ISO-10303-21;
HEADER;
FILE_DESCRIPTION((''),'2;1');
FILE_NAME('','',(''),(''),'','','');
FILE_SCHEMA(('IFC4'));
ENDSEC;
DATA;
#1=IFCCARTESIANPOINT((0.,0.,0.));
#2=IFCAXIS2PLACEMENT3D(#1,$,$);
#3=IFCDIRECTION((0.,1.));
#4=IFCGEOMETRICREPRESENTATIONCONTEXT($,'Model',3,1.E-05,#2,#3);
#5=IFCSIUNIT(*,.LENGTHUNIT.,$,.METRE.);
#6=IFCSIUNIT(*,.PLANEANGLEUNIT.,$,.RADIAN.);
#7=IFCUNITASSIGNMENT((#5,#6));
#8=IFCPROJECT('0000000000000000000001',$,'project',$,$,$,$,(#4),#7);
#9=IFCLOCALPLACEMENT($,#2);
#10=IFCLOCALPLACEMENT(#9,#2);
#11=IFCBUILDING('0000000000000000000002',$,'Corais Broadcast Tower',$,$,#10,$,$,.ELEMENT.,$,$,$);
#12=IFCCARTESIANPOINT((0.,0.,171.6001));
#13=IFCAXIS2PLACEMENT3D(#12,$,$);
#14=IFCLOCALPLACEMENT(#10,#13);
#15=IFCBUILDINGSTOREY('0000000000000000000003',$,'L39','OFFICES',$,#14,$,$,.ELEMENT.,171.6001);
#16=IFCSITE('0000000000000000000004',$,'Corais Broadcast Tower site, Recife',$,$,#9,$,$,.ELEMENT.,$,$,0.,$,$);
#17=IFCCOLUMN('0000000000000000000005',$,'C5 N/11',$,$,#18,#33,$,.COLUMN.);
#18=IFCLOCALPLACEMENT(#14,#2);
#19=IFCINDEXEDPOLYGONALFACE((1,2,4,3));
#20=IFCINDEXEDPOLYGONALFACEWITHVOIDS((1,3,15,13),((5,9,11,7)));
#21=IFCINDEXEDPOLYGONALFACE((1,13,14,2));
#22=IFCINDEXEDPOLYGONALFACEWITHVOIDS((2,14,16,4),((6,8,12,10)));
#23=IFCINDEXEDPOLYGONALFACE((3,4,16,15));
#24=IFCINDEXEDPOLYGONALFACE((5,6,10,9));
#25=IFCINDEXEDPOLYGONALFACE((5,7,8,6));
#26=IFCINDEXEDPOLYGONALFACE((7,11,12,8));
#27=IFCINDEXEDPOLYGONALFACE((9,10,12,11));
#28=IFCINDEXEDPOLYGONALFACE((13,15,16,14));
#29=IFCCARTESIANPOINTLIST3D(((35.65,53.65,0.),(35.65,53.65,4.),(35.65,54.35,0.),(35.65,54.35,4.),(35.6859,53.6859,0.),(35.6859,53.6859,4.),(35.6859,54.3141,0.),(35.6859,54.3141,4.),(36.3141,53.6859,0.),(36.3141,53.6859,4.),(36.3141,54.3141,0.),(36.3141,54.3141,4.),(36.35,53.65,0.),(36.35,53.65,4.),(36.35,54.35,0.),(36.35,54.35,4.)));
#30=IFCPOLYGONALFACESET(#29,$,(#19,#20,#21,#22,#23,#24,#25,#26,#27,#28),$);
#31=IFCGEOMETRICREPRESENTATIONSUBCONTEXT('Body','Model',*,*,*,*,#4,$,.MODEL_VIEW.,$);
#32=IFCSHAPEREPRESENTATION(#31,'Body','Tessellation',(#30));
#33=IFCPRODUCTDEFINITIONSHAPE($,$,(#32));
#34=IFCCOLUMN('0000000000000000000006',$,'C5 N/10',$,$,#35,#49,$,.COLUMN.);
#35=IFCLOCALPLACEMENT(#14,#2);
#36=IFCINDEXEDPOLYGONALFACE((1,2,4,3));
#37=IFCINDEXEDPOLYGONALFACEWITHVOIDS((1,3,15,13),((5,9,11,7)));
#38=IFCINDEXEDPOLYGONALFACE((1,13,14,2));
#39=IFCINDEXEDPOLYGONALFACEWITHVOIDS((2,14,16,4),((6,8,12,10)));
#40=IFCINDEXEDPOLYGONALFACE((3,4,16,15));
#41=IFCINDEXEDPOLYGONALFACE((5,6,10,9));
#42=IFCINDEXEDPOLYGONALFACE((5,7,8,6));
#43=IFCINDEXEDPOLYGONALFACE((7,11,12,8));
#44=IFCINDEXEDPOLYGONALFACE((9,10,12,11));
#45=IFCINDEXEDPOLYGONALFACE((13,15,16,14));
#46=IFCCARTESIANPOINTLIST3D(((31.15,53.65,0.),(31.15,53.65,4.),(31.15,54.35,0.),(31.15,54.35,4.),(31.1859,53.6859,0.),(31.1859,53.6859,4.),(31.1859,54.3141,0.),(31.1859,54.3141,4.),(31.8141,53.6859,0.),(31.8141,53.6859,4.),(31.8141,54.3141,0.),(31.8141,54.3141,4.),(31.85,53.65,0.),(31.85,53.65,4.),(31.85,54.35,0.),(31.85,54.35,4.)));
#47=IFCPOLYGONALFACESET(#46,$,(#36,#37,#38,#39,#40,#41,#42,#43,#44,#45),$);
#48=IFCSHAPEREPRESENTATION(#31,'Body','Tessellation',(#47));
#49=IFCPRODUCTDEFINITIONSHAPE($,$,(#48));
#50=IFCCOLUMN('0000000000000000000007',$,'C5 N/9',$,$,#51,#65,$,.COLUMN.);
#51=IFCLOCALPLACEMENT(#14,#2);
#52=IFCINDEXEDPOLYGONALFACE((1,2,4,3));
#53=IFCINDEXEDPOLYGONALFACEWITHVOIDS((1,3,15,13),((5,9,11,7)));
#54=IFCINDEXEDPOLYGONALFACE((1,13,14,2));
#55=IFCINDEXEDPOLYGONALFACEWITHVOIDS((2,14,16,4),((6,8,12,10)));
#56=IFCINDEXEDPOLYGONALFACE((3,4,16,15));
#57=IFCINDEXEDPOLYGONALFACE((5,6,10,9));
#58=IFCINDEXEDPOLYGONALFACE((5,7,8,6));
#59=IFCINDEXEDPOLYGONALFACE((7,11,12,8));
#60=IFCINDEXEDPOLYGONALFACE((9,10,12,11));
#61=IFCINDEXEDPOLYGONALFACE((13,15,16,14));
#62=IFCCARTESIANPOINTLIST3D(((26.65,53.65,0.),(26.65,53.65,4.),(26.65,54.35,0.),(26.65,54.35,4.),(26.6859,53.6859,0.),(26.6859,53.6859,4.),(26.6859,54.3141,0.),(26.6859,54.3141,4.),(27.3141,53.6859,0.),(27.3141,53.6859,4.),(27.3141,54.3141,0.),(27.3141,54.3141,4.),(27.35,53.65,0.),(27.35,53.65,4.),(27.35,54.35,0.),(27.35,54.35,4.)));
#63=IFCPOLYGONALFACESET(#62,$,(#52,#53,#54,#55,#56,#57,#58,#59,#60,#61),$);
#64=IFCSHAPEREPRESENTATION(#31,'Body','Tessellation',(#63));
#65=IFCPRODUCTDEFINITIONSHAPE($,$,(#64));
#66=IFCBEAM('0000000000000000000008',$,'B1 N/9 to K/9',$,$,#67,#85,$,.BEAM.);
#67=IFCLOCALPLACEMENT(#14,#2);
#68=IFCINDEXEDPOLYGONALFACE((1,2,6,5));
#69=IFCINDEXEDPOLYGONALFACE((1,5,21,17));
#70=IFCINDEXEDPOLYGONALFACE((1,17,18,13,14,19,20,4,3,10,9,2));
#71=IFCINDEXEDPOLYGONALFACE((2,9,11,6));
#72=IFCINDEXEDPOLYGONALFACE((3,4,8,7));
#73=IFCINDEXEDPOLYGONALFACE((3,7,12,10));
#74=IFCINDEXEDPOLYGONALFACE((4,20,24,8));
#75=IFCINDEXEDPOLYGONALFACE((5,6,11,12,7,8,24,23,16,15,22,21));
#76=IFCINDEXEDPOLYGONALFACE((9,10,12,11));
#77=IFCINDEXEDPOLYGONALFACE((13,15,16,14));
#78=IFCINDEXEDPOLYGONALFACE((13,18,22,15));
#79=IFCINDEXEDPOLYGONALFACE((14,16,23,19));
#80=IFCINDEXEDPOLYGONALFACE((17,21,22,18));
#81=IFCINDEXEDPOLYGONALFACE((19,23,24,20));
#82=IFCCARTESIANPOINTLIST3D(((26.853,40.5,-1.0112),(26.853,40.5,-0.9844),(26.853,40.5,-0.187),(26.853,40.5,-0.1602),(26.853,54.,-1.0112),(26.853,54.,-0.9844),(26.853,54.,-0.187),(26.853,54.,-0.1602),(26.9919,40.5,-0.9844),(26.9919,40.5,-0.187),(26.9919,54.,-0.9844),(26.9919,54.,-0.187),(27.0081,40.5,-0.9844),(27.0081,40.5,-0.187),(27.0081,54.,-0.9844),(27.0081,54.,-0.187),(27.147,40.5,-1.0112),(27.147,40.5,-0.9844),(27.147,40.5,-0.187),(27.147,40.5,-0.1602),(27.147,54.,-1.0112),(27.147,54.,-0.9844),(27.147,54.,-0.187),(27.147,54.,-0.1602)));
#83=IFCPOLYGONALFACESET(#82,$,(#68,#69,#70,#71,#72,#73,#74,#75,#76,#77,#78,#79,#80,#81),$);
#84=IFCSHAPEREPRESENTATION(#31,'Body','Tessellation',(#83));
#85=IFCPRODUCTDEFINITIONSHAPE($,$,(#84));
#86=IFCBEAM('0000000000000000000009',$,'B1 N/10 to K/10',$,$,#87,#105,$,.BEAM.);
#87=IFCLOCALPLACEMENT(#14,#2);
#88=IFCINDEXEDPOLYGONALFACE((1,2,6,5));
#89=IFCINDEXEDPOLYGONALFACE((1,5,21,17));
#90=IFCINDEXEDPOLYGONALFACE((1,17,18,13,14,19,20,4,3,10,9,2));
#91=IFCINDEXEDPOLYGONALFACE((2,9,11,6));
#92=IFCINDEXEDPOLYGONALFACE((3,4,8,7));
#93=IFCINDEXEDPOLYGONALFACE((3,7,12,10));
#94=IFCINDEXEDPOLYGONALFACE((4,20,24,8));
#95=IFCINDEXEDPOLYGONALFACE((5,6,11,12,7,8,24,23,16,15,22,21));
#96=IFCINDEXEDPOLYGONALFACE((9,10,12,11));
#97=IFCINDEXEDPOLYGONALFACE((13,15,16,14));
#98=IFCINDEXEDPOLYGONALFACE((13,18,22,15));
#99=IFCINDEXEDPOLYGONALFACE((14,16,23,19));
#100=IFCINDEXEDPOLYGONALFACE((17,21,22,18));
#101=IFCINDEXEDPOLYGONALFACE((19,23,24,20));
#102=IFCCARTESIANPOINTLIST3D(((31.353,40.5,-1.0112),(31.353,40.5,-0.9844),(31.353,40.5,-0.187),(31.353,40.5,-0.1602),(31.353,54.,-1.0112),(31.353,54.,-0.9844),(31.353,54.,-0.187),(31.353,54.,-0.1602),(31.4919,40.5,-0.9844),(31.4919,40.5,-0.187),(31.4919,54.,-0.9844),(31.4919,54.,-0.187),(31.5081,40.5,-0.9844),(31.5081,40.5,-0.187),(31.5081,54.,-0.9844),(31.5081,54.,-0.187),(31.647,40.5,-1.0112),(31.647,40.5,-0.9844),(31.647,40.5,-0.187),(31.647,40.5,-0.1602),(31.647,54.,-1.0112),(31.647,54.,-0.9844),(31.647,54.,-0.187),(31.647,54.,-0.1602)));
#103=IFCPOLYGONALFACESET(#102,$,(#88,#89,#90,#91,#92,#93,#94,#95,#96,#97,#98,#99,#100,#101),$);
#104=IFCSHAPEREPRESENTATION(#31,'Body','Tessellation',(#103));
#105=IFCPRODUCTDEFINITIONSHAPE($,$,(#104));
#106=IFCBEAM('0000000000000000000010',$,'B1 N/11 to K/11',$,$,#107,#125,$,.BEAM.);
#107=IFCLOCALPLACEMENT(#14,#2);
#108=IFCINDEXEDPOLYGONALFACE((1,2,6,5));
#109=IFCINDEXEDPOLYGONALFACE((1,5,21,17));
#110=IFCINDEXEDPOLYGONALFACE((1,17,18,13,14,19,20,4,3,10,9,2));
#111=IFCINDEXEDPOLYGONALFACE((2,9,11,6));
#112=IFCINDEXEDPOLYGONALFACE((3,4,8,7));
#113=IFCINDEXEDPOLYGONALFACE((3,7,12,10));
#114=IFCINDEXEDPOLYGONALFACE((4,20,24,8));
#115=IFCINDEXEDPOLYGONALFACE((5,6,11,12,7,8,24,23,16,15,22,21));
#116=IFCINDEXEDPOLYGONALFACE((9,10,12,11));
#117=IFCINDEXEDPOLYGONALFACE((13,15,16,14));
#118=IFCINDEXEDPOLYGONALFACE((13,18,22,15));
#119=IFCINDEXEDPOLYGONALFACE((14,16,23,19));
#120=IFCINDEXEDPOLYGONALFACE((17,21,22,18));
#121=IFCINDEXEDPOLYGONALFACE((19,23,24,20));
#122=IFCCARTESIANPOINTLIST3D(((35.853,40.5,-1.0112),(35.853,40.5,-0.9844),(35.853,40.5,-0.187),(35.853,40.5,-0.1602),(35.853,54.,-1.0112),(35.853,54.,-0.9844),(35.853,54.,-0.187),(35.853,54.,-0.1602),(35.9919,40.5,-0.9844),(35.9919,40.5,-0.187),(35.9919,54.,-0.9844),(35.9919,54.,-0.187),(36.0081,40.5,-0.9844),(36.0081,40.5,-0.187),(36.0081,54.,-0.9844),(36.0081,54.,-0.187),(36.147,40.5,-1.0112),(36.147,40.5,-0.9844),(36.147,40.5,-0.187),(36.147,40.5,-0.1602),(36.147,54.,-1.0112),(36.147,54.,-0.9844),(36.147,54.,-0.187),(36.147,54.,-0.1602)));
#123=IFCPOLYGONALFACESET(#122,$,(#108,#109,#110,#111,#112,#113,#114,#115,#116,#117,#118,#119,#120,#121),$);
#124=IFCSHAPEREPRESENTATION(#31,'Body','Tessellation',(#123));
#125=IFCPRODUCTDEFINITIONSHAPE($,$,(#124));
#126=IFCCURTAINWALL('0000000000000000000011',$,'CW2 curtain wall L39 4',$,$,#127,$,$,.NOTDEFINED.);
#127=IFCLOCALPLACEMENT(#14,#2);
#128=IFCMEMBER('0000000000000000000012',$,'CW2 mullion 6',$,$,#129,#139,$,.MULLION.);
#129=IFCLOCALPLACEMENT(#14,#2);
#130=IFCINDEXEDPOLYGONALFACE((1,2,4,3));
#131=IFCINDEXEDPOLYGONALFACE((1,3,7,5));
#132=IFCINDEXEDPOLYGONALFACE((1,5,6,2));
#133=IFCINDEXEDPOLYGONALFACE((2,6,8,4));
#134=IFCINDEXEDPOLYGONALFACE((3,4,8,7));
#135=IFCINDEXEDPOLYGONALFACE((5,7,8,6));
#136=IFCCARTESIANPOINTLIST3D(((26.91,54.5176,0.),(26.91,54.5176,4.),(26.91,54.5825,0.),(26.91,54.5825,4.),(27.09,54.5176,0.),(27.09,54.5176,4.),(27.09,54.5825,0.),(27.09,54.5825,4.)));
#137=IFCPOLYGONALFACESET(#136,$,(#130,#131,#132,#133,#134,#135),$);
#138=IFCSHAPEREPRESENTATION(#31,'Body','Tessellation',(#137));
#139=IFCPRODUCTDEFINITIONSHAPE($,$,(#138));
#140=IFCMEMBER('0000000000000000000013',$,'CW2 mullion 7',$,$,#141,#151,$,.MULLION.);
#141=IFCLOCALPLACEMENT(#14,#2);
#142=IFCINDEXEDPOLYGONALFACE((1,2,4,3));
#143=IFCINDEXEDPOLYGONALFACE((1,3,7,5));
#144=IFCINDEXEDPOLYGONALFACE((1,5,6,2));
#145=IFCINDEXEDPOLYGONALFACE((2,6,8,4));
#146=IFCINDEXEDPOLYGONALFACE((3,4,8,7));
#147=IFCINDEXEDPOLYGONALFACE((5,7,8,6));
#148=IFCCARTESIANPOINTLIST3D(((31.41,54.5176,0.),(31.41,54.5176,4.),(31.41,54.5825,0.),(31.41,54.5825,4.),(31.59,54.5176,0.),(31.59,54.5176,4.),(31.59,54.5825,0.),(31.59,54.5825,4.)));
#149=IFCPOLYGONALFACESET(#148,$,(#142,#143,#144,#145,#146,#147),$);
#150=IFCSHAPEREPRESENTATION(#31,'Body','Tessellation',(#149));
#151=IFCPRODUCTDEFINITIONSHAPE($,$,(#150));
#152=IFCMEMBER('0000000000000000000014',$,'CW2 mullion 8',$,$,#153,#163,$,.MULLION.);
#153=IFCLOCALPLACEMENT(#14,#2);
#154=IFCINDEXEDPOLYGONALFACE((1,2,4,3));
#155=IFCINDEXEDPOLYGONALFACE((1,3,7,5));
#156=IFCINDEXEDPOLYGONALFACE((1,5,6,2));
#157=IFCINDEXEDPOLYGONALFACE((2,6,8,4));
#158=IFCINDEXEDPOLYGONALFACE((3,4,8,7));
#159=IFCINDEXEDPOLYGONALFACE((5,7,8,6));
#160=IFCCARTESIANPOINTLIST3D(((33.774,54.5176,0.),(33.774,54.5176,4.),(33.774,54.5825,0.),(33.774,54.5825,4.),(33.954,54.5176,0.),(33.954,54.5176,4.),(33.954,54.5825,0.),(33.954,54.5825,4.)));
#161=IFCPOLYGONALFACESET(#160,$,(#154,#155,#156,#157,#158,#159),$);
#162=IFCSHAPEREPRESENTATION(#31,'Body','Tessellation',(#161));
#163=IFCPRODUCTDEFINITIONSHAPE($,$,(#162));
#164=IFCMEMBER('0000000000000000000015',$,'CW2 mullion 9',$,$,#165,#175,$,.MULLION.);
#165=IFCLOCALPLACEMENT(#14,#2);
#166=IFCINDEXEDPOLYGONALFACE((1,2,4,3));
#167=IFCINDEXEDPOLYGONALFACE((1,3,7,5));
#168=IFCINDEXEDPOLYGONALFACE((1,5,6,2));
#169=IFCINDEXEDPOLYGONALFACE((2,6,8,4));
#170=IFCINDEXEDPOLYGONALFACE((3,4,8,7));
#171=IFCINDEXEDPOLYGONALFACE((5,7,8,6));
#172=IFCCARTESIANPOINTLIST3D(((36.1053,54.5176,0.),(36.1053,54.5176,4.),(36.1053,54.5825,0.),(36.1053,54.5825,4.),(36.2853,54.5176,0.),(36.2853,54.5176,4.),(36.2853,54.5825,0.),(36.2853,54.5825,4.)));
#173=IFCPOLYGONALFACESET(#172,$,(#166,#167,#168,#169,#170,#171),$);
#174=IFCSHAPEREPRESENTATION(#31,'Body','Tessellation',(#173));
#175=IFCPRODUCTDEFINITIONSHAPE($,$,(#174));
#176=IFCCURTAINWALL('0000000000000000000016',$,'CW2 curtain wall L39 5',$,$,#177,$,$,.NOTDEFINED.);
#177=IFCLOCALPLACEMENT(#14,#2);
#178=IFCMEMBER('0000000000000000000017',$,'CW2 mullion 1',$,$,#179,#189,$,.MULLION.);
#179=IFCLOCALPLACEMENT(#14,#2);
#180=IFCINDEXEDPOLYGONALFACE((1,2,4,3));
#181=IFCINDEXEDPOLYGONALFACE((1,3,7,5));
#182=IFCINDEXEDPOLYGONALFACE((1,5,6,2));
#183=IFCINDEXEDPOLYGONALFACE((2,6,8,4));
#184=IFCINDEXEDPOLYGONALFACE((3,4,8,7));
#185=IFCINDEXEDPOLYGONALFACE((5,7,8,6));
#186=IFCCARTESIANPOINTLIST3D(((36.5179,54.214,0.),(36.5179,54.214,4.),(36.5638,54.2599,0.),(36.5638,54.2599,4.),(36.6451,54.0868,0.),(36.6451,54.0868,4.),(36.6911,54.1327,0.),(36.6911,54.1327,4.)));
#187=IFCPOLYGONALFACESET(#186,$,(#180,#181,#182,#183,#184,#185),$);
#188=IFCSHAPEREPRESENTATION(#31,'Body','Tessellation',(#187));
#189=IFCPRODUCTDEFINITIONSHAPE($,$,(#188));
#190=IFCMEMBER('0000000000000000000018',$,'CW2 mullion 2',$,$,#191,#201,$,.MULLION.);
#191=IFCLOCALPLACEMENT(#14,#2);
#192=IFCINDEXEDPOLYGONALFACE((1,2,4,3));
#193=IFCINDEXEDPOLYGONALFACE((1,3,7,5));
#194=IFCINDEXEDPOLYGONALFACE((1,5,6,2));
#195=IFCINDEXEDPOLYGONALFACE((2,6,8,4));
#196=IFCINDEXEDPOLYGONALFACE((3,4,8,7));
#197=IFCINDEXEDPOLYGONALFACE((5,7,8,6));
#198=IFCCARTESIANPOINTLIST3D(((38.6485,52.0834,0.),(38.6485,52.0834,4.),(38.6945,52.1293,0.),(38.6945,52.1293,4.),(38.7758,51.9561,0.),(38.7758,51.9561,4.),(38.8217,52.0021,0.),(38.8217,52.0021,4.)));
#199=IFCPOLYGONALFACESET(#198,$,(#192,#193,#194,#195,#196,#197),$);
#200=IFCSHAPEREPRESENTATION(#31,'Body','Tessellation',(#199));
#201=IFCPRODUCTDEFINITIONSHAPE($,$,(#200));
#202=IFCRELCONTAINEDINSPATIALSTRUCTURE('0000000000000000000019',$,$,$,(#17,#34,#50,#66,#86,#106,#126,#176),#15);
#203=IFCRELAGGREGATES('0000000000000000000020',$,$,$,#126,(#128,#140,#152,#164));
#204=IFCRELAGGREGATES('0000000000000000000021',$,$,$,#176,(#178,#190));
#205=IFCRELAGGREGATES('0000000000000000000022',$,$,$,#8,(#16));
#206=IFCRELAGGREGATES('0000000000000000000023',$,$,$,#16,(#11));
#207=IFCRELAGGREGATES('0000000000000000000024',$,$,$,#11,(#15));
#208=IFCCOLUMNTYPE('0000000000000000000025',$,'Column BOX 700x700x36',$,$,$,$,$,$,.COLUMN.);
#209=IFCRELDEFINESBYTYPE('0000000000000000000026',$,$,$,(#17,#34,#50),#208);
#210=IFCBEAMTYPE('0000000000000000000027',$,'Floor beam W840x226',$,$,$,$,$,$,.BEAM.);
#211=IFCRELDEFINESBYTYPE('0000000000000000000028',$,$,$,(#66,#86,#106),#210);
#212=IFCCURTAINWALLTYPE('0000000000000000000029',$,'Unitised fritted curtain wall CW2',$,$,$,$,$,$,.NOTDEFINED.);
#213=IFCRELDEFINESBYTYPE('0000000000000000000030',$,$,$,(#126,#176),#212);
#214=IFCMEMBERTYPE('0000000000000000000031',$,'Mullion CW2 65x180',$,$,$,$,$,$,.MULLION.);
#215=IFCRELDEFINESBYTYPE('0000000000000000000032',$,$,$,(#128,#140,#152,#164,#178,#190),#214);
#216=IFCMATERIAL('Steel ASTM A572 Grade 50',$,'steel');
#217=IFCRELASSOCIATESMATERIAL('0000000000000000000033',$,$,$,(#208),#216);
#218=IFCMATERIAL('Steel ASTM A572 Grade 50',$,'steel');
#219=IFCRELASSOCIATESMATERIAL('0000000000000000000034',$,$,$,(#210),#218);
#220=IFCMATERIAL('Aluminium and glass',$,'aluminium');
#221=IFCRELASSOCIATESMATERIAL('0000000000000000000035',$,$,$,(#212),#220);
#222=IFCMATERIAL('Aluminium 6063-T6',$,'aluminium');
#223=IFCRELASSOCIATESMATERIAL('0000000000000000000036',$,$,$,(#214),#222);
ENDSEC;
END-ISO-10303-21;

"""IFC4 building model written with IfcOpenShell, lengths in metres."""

from ifc_helpers import new_model, si_unit, direction, frame, origin, origin_2d, place, context, subcontext, project, spatial, rectangle, hollow_rectangle, i_section, extrude, material, material_profile, profile_set, type_object, element, aggregate, save


model = new_model("IFC4")

# Units and contexts
model_context = context("Model", 3, precision=1e-05, world=origin(), true_north=direction((0.0, 1.0)))
body_context = subcontext(model_context, "Body", "Model", "MODEL_VIEW")
ifc_project = project(units=[si_unit("LENGTHUNIT", "METRE"), si_unit("PLANEANGLEUNIT", "RADIAN")], contexts=[model_context])

# Site, building, storey
site_placement = place(None, origin())
site = spatial("IfcSite", under=ifc_project, at=site_placement, Name="Corais Broadcast Tower site, Recife", CompositionType="ELEMENT", RefElevation=0.0)
building_placement = place(site_placement, origin())
building = spatial("IfcBuilding", under=site, at=building_placement, Name="Corais Broadcast Tower", CompositionType="ELEMENT")
storey_placement = place(building_placement, frame((0.0, 0.0, 171.6001)))
storey = spatial("IfcBuildingStorey", under=building, at=storey_placement, Name="L39", Description="OFFICES", CompositionType="ELEMENT", Elevation=171.6001)

# Columns
ifc_material_1 = material(Name="Steel ASTM A572 Grade 50", Category="steel")
ifc_material_profile_1 = material_profile(ifc_material_1, hollow_rectangle(XDim=0.7, YDim=0.7, WallThickness=0.0359, at=origin_2d()), Name="BOX 700x700x36")
ifc_profile_set_1 = profile_set([ifc_material_profile_1], Name="Steel ASTM A572 Grade 50")
column_type = type_object("IfcColumnType", Name="Column BOX 700x700x36", PredefinedType="COLUMN", material=ifc_profile_set_1)
for number, where, z_axis, x_axis, name in (
    (1, (36.0, 54.0, 0.0), (0.0, 0.0, 1.0), (1.0, 0.0, 0.0), "C5 N/11"),
    (2, (31.5, 54.0, 0.0), (0.0, 0.0, 1.0), (1.0, 0.0, 0.0), "C5 N/10"),
    (3, (27.0, 54.0, 0.0), (0.0, 0.0, 1.0), (1.0, 0.0, 0.0), "C5 N/9"),
):
    element("IfcColumn", number, at=place(storey_placement, frame(where, z_axis=z_axis, x_axis=x_axis)), inside=storey, type_object=column_type, Name=name, PredefinedType="COLUMN", context=body_context, shape_type="SweptSolid", body=[
        extrude(hollow_rectangle(XDim=0.7, YDim=0.7, WallThickness=0.0359, at=origin_2d()), origin(), (0.0, 0.0, 1.0), 4.0),
    ])

# Beams
ifc_material_2 = material(Name="Steel ASTM A572 Grade 50", Category="steel")
ifc_material_profile_2 = material_profile(ifc_material_2, i_section(OverallWidth=0.2939, OverallDepth=0.8511, WebThickness=0.0161, FlangeThickness=0.0269, at=origin_2d()), Name="W840x226")
ifc_profile_set_2 = profile_set([ifc_material_profile_2], Name="Steel ASTM A572 Grade 50")
beam_type_1 = type_object("IfcBeamType", Name="Floor beam W840x226", PredefinedType="BEAM", material=ifc_profile_set_2)
for number, where, z_axis, x_axis, name in (
    (4, (27.0, 54.0, -0.5857), (0.0, -1.0, 0.0), (1.0, 0.0, 0.0), "B1 N/9 to K/9"),
    (5, (31.5, 54.0, -0.5857), (0.0, -1.0, 0.0), (1.0, 0.0, 0.0), "B1 N/10 to K/10"),
    (6, (36.0, 54.0, -0.5857), (0.0, -1.0, 0.0), (1.0, 0.0, 0.0), "B1 N/11 to K/11"),
):
    element("IfcBeam", number, at=place(storey_placement, frame(where, z_axis=z_axis, x_axis=x_axis)), inside=storey, type_object=beam_type_1, Name=name, PredefinedType="BEAM", context=body_context, shape_type="SweptSolid", body=[
        extrude(i_section(OverallWidth=0.2939, OverallDepth=0.8511, WebThickness=0.0161, FlangeThickness=0.0269, at=origin_2d()), origin(), (0.0, 0.0, 1.0), 13.5),
    ])

# Curtain walls, members
ifc_material_3 = material(Name="Aluminium and glass", Category="aluminium")
curtain_wall_type = type_object("IfcCurtainWallType", Name="Unitised fritted curtain wall CW2", PredefinedType="NOTDEFINED", material=ifc_material_3)
curtain_wall_1_placement = place(storey_placement, origin())
curtain_wall_1 = element("IfcCurtainWall", 7, at=curtain_wall_1_placement, inside=storey, type_object=curtain_wall_type, Name="CW2 curtain wall L39 4", PredefinedType="NOTDEFINED")
ifc_material_4 = material(Name="Aluminium 6063-T6", Category="aluminium")
ifc_material_profile_3 = material_profile(ifc_material_4, rectangle(XDim=0.0649, YDim=0.1799, at=origin_2d()), Name="Mullion CW2 65x180")
ifc_profile_set_3 = profile_set([ifc_material_profile_3], Name="Aluminium 6063-T6")
member_type_1 = type_object("IfcMemberType", Name="Mullion CW2 65x180", PredefinedType="MULLION", material=ifc_profile_set_3)
member_1_placement = place(storey_placement, frame((27.0, 54.55, 0.0), z_axis=(0.0, 0.0, 1.0), x_axis=(0.0, 1.0, 0.0)))
member_1 = element("IfcMember", 8, at=member_1_placement, type_object=member_type_1, Name="CW2 mullion 6", PredefinedType="MULLION", context=body_context, shape_type="SweptSolid", body=[
    extrude(rectangle(XDim=0.0649, YDim=0.1799, at=origin_2d()), origin(), (0.0, 0.0, 1.0), 4.0),
])
member_2_placement = place(storey_placement, frame((31.5, 54.55, 0.0), z_axis=(0.0, 0.0, 1.0), x_axis=(0.0, 1.0, 0.0)))
member_2 = element("IfcMember", 9, at=member_2_placement, type_object=member_type_1, Name="CW2 mullion 7", PredefinedType="MULLION", context=body_context, shape_type="SweptSolid", body=[
    extrude(rectangle(XDim=0.0649, YDim=0.1799, at=origin_2d()), origin(), (0.0, 0.0, 1.0), 4.0),
])
member_3_placement = place(storey_placement, frame((33.864, 54.55, 0.0), z_axis=(0.0, 0.0, 1.0), x_axis=(0.0, 1.0, 0.0)))
member_3 = element("IfcMember", 10, at=member_3_placement, type_object=member_type_1, Name="CW2 mullion 8", PredefinedType="MULLION", context=body_context, shape_type="SweptSolid", body=[
    extrude(rectangle(XDim=0.0649, YDim=0.1799, at=origin_2d()), origin(), (0.0, 0.0, 1.0), 4.0),
])
member_4_placement = place(storey_placement, frame((36.1953, 54.55, 0.0), z_axis=(0.0, 0.0, 1.0), x_axis=(0.0, 1.0, 0.0)))
member_4 = element("IfcMember", 11, at=member_4_placement, type_object=member_type_1, Name="CW2 mullion 9", PredefinedType="MULLION", context=body_context, shape_type="SweptSolid", body=[
    extrude(rectangle(XDim=0.0649, YDim=0.1799, at=origin_2d()), origin(), (0.0, 0.0, 1.0), 4.0),
])
curtain_wall_2_placement = place(storey_placement, origin())
curtain_wall_2 = element("IfcCurtainWall", 12, at=curtain_wall_2_placement, inside=storey, type_object=curtain_wall_type, Name="CW2 curtain wall L39 5", PredefinedType="NOTDEFINED")
member_5_placement = place(storey_placement, frame((36.6045, 54.1733, 0.0), z_axis=(0.0, 0.0, 1.0), x_axis=(0.707107, 0.707107, 0.0)))
member_5 = element("IfcMember", 13, at=member_5_placement, type_object=member_type_1, Name="CW2 mullion 1", PredefinedType="MULLION", context=body_context, shape_type="SweptSolid", body=[
    extrude(rectangle(XDim=0.0649, YDim=0.1799, at=origin_2d()), origin(), (0.0, 0.0, 1.0), 4.0),
])
member_6_placement = place(storey_placement, frame((38.7351, 52.0427, 0.0), z_axis=(0.0, 0.0, 1.0), x_axis=(0.707107, 0.707107, 0.0)))
member_6 = element("IfcMember", 14, at=member_6_placement, type_object=member_type_1, Name="CW2 mullion 2", PredefinedType="MULLION", context=body_context, shape_type="SweptSolid", body=[
    extrude(rectangle(XDim=0.0649, YDim=0.1799, at=origin_2d()), origin(), (0.0, 0.0, 1.0), 4.0),
])

aggregate(curtain_wall_1, [member_1, member_2, member_3, member_4])
aggregate(curtain_wall_2, [member_5, member_6])

save(model, "model.ifc")
